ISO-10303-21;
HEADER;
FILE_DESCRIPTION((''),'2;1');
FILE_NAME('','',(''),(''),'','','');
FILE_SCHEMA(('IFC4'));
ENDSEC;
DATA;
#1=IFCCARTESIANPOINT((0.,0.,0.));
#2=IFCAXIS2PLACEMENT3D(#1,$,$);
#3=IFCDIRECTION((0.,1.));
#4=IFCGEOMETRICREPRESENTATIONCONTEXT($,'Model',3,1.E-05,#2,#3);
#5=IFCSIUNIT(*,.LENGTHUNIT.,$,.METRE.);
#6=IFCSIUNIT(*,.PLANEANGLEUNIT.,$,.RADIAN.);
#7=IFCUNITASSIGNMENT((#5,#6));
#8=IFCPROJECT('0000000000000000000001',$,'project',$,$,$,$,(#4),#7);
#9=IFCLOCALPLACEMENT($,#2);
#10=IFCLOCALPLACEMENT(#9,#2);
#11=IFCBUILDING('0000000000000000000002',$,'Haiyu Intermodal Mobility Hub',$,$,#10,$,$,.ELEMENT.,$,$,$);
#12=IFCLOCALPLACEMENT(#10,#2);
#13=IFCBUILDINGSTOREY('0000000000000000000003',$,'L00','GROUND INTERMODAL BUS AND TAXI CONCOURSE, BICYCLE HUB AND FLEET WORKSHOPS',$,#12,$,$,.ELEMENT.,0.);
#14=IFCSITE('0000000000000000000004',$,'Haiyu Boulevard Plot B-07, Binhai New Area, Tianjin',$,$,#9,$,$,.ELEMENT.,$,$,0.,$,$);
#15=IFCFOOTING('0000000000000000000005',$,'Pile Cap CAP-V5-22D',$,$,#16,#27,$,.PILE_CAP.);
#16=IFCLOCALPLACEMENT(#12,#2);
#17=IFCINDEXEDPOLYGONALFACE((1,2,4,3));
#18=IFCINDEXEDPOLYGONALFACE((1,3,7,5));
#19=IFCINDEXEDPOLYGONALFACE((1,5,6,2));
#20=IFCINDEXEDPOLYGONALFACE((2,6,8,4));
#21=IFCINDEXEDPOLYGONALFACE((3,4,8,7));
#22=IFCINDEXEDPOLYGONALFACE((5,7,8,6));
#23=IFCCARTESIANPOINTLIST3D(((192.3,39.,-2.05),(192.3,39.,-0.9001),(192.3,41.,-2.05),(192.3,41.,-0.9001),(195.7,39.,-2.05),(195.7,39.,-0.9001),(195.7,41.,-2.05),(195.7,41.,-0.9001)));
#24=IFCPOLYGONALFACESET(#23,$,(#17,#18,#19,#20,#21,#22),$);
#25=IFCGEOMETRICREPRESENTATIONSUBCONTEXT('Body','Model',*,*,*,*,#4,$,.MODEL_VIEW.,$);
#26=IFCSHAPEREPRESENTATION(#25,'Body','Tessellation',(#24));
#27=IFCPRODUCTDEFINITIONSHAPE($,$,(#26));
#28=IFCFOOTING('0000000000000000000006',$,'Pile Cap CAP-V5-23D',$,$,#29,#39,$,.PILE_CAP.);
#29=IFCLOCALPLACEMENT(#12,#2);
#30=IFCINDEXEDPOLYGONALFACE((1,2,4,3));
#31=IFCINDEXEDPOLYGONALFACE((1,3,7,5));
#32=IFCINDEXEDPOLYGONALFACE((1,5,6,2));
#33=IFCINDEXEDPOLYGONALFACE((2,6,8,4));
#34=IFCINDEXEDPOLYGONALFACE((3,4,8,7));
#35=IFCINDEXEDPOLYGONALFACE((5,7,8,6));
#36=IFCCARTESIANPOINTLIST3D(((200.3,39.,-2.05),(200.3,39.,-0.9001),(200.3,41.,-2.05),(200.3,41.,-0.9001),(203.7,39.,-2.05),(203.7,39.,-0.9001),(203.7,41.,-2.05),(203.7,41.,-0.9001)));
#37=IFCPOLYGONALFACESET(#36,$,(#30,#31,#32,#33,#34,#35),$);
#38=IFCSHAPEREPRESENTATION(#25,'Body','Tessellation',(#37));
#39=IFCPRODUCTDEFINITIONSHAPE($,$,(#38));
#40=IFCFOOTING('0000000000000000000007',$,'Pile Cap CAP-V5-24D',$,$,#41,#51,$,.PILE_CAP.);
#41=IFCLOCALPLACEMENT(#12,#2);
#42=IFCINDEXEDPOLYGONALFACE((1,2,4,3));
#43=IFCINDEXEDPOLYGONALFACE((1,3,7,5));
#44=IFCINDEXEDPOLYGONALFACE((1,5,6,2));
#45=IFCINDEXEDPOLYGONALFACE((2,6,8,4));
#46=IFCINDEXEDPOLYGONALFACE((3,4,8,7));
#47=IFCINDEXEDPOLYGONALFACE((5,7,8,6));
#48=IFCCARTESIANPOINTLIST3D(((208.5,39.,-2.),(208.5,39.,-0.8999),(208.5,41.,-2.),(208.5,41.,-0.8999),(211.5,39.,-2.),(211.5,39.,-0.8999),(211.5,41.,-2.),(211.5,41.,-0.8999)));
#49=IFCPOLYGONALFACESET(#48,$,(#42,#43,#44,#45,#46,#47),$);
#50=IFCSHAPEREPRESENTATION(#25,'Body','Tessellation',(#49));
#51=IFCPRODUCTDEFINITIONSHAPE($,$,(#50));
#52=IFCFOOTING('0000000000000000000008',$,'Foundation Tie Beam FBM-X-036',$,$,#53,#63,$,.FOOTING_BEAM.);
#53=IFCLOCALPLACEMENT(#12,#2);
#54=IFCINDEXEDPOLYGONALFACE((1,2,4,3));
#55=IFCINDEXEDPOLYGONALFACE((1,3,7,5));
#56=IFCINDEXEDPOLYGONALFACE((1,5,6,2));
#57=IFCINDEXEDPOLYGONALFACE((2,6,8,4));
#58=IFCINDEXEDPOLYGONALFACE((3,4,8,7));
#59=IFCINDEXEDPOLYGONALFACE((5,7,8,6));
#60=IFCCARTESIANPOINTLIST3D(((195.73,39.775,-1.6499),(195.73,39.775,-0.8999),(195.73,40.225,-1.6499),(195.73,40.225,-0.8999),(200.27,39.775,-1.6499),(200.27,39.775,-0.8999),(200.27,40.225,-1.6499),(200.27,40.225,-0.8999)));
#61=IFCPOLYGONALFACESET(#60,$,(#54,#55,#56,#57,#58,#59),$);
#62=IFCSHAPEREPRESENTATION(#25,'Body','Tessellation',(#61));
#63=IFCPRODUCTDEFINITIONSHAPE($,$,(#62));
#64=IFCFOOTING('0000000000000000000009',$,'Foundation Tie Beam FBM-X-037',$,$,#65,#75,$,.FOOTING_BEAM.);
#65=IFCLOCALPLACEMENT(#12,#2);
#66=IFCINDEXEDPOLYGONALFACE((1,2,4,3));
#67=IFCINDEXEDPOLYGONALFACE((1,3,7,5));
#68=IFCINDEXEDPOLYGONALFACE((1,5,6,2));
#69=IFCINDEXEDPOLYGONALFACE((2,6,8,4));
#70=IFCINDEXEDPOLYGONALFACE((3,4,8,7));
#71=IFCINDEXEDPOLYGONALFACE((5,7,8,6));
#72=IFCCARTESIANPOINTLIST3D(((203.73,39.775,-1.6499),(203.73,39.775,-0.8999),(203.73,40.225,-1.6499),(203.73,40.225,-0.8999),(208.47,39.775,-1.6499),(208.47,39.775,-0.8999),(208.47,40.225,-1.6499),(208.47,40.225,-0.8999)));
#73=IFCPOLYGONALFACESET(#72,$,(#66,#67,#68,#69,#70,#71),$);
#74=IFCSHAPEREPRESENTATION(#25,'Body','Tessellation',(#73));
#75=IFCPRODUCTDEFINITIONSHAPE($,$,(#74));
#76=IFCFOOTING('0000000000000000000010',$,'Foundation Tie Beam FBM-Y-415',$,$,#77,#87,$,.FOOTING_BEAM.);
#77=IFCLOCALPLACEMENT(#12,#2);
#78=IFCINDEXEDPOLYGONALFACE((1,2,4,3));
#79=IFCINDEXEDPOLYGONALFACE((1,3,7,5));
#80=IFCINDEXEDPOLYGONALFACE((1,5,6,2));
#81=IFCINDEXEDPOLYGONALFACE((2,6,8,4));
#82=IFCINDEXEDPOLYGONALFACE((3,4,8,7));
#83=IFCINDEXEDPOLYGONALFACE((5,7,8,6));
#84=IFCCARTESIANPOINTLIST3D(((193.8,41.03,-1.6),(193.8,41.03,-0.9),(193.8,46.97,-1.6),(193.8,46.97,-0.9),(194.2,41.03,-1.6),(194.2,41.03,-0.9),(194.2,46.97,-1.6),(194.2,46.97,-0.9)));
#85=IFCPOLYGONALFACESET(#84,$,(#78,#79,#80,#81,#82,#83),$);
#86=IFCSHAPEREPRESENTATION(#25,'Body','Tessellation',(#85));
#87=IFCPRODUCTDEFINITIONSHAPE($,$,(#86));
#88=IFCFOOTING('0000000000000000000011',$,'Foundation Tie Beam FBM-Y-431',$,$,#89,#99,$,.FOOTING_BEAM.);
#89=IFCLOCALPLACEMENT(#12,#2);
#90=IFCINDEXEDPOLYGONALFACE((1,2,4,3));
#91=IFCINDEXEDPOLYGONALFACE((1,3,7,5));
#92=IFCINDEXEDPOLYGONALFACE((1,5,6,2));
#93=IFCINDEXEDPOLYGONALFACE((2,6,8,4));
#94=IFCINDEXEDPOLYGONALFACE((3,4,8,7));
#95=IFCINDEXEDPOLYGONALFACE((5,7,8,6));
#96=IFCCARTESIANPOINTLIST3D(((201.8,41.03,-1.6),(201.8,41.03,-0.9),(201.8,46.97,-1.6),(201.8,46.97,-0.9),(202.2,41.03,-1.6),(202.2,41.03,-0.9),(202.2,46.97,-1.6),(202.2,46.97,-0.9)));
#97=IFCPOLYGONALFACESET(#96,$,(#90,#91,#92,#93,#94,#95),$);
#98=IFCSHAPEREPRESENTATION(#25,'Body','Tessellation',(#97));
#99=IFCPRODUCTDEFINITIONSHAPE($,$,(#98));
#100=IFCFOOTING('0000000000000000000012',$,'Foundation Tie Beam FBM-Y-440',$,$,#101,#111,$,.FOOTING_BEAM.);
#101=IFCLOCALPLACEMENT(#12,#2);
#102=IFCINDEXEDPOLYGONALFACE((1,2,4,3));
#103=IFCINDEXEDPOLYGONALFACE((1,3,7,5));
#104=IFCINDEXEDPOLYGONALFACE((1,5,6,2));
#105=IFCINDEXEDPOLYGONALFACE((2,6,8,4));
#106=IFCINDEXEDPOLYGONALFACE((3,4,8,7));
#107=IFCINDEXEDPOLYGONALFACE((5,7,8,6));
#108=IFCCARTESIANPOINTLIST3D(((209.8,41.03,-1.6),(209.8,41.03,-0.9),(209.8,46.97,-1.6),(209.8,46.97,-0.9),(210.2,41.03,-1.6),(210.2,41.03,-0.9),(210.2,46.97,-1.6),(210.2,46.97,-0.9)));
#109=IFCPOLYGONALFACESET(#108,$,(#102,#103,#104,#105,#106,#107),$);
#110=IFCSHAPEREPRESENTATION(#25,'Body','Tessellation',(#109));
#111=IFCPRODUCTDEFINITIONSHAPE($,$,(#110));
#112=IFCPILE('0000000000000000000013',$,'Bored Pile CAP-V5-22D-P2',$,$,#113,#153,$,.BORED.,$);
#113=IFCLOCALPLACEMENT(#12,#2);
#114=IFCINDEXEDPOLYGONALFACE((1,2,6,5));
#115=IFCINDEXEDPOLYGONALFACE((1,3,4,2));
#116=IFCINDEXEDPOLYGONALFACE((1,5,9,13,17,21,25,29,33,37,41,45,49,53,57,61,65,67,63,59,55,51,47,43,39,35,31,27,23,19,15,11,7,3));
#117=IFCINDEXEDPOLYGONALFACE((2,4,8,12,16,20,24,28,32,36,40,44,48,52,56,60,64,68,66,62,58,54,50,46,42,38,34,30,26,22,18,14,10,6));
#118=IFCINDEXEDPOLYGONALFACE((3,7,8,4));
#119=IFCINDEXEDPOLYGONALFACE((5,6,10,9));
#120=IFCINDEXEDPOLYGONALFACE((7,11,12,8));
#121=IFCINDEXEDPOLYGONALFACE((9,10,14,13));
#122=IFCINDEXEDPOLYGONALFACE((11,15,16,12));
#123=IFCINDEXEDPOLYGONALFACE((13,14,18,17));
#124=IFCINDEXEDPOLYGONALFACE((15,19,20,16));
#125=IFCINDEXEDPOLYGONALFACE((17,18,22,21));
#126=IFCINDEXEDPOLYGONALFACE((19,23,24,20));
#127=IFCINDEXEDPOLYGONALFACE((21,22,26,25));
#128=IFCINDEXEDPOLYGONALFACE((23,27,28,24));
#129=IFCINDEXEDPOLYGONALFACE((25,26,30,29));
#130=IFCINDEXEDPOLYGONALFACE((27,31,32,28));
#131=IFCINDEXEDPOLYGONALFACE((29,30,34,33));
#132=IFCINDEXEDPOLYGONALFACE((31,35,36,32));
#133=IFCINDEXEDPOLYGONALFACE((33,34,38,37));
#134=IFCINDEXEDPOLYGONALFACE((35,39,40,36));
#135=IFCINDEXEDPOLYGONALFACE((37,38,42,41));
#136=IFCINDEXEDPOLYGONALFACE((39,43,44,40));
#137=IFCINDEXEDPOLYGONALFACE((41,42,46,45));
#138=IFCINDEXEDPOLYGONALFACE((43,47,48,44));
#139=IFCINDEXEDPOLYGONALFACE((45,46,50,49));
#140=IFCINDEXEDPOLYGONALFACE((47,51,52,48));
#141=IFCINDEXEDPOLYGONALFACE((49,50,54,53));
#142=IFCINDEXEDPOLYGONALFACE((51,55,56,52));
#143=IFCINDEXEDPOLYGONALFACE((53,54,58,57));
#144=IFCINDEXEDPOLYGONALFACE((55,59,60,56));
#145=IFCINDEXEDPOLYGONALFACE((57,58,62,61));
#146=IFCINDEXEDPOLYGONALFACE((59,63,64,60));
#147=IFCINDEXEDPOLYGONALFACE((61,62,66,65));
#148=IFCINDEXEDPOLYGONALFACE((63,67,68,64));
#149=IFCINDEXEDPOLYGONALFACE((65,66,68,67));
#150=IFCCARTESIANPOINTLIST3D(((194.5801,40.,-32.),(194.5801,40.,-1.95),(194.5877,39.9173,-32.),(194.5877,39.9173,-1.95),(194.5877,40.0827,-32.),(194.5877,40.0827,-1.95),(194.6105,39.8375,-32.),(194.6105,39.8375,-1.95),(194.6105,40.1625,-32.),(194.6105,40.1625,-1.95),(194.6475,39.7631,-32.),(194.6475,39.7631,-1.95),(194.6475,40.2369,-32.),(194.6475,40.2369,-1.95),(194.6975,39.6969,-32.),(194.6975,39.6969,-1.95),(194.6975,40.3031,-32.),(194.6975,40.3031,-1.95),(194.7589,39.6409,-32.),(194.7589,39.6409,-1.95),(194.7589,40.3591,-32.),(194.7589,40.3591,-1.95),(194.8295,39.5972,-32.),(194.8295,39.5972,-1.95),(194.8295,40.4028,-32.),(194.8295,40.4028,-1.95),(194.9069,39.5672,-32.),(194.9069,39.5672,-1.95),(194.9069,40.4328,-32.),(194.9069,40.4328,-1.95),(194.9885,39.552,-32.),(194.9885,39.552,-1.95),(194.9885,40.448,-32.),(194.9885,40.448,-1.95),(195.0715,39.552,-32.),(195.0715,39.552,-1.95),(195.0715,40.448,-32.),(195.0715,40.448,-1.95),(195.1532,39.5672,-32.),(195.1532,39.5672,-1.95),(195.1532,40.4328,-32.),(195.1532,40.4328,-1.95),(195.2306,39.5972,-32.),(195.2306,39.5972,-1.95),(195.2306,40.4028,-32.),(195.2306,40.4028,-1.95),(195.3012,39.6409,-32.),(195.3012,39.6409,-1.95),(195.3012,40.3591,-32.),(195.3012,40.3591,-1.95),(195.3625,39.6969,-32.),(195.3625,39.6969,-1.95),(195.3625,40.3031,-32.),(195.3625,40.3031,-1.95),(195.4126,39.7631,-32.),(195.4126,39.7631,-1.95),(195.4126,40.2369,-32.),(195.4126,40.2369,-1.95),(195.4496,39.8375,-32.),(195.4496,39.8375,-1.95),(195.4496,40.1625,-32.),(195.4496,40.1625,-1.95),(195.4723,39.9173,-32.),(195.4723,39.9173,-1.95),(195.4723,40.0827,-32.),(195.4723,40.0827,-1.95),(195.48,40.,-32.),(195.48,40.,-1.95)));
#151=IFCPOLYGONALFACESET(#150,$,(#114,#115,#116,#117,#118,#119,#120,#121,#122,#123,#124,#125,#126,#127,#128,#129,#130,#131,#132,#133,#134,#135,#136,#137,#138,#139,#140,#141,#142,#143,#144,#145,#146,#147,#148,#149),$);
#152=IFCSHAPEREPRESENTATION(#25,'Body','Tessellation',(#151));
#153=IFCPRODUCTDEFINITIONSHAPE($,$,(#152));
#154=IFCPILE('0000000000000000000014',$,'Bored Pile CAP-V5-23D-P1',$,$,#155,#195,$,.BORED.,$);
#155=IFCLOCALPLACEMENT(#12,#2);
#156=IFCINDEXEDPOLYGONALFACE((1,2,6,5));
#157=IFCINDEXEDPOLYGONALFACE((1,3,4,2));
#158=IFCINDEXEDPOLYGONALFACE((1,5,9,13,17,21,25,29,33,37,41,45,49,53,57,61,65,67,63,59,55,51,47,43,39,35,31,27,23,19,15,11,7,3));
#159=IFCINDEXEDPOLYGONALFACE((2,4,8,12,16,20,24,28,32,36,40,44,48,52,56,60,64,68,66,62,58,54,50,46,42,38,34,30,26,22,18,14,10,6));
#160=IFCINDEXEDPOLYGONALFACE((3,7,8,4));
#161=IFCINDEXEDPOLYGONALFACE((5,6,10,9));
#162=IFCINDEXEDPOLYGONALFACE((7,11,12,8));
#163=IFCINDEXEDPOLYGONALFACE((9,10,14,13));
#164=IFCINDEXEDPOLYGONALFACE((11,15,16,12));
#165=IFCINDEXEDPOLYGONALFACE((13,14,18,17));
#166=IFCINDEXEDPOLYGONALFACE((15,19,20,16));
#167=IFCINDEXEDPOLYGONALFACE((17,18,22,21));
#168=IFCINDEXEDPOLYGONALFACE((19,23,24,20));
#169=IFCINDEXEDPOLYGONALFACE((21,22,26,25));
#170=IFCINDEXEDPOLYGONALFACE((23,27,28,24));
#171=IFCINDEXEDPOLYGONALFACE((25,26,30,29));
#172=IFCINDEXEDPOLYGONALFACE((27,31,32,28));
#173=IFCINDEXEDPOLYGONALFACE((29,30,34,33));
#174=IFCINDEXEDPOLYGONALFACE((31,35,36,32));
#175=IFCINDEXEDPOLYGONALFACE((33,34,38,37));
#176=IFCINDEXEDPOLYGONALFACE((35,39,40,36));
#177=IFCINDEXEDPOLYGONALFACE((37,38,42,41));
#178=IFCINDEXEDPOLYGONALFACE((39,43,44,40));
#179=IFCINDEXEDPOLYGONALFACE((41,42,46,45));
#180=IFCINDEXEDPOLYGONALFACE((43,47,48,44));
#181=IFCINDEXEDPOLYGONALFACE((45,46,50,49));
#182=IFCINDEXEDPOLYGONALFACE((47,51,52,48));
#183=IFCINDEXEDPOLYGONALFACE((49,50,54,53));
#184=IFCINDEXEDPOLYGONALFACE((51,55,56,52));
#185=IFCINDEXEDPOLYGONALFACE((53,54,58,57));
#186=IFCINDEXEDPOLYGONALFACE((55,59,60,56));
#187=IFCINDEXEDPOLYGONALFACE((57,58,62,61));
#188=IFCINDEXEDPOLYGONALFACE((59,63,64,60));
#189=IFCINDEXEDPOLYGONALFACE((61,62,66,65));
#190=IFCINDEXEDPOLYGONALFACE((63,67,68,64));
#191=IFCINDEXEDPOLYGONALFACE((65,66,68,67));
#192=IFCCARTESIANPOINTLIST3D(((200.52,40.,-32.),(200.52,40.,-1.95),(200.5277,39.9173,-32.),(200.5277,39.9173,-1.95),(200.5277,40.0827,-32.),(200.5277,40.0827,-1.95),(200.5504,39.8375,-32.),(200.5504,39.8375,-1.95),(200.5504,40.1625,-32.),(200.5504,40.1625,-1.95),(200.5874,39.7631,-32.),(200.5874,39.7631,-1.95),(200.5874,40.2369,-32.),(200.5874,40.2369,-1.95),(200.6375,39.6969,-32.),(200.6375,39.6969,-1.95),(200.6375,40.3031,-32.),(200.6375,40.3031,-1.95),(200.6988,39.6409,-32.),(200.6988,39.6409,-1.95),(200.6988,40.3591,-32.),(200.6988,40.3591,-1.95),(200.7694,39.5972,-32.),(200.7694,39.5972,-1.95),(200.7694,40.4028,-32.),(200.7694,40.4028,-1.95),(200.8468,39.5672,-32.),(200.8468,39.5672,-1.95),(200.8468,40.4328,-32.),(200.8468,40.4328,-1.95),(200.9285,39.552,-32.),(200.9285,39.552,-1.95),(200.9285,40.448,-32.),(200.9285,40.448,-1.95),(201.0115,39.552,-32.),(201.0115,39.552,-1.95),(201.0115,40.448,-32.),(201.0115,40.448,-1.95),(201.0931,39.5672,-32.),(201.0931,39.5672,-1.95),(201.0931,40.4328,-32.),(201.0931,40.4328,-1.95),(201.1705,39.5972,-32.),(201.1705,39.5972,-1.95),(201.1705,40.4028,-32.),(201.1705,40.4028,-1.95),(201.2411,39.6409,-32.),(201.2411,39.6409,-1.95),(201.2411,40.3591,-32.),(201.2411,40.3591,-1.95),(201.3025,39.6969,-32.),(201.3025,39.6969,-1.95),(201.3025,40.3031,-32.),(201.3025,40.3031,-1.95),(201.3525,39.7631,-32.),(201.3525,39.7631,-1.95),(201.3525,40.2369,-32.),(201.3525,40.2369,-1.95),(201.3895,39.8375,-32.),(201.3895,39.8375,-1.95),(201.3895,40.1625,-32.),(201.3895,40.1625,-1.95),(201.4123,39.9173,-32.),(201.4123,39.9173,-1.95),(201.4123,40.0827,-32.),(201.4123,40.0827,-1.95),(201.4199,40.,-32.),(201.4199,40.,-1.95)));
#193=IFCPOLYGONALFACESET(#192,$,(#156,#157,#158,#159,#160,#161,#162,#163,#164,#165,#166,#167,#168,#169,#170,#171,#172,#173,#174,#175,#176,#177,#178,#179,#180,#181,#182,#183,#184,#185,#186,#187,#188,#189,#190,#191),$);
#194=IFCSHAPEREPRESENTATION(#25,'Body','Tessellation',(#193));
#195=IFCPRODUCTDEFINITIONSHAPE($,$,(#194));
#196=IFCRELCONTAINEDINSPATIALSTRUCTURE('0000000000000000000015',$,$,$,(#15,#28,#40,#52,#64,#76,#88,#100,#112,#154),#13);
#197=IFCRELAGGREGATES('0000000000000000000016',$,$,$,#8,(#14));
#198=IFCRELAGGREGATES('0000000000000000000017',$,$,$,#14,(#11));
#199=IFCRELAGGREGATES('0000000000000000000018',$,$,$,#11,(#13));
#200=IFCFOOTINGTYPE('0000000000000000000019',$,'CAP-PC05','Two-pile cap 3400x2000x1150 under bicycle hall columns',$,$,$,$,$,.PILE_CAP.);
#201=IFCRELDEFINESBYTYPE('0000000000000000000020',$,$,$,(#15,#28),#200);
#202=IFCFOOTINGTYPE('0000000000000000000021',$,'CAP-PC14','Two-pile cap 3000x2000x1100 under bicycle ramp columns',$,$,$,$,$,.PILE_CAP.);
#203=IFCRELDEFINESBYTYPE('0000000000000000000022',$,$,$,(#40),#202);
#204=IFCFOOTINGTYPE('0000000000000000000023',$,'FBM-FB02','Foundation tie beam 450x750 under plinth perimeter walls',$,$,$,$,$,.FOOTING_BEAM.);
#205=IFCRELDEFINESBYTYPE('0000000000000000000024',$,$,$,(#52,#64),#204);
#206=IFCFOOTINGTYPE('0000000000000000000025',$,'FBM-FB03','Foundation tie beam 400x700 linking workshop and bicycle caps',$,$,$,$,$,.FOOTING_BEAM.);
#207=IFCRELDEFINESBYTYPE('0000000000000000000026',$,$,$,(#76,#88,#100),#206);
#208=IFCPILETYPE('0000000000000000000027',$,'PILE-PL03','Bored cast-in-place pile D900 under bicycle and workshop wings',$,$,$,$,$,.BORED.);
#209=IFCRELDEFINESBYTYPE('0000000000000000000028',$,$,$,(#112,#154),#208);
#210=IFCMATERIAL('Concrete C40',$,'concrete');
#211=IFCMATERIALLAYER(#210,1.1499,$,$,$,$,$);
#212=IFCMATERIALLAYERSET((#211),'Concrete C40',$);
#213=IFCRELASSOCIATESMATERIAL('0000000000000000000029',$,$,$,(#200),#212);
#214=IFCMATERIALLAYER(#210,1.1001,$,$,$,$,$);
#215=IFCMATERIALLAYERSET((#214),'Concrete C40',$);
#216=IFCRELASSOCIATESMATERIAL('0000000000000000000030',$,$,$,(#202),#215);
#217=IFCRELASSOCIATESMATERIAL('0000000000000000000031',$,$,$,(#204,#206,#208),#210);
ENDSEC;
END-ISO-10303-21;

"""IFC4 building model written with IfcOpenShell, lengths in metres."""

from ifc_helpers import new_model, si_unit, direction, frame, origin, origin_2d, place, context, subcontext, project, spatial, rectangle, circle, extrude, material, layer, layer_set, material_profile, profile_set, type_object, element, save


model = new_model("IFC4")

# Units and contexts
model_context = context("Model", 3, precision=1e-05, world=origin(), true_north=direction((0.0, 1.0)))
body_context = subcontext(model_context, "Body", "Model", "MODEL_VIEW")
ifc_project = project(units=[si_unit("LENGTHUNIT", "METRE"), si_unit("PLANEANGLEUNIT", "RADIAN")], contexts=[model_context])

# Site, building, storey
site_placement = place(None, origin())
site = spatial("IfcSite", under=ifc_project, at=site_placement, Name="Haiyu Boulevard Plot B-07, Binhai New Area, Tianjin", CompositionType="ELEMENT", RefElevation=0.0)
building_placement = place(site_placement, origin())
building = spatial("IfcBuilding", under=site, at=building_placement, Name="Haiyu Intermodal Mobility Hub", CompositionType="ELEMENT")
storey_placement = place(building_placement, origin())
storey = spatial("IfcBuildingStorey", under=building, at=storey_placement, Name="L00", Description="GROUND INTERMODAL BUS AND TAXI CONCOURSE, BICYCLE HUB AND FLEET WORKSHOPS", CompositionType="ELEMENT", Elevation=0.0)

# Footings
ifc_material_1 = material(Name="Concrete C40", Category="concrete")
ifc_layer_1 = layer(ifc_material_1, 1.1499)
ifc_layer_set_1 = layer_set([ifc_layer_1], Name="Concrete C40")
footing_type_1 = type_object("IfcFootingType", Name="CAP-PC05", Description="Two-pile cap 3400x2000x1150 under bicycle hall columns", PredefinedType="PILE_CAP", material=ifc_layer_set_1)
for number, where, z_axis, x_axis, name in (
    (1, (194.0, 40.0, -2.05), (0.0, 0.0, 1.0), (1.0, 0.0, 0.0), "Pile Cap CAP-V5-22D"),
    (2, (202.0, 40.0, -2.05), (0.0, 0.0, 1.0), (1.0, 0.0, 0.0), "Pile Cap CAP-V5-23D"),
):
    element("IfcFooting", number, at=place(storey_placement, frame(where, z_axis=z_axis, x_axis=x_axis)), inside=storey, type_object=footing_type_1, Name=name, PredefinedType="PILE_CAP", context=body_context, shape_type="SweptSolid", body=[
        extrude(rectangle(XDim=3.3999, YDim=2.0, at=origin_2d()), origin(), (0.0, 0.0, 1.0), 1.1499),
    ])
ifc_layer_2 = layer(ifc_material_1, 1.1001)
ifc_layer_set_2 = layer_set([ifc_layer_2], Name="Concrete C40")
footing_type_2 = type_object("IfcFootingType", Name="CAP-PC14", Description="Two-pile cap 3000x2000x1100 under bicycle ramp columns", PredefinedType="PILE_CAP", material=ifc_layer_set_2)
footing_1_placement = place(storey_placement, frame((210.0, 40.0, -2.0), z_axis=(0.0, 0.0, 1.0), x_axis=(1.0, 0.0, 0.0)))
element("IfcFooting", 3, at=footing_1_placement, inside=storey, type_object=footing_type_2, Name="Pile Cap CAP-V5-24D", PredefinedType="PILE_CAP", context=body_context, shape_type="SweptSolid", body=[
    extrude(rectangle(XDim=3.0, YDim=2.0, at=origin_2d()), origin(), (0.0, 0.0, 1.0), 1.1001),
])
ifc_material_profile_1 = material_profile(ifc_material_1, rectangle(XDim=0.45, YDim=0.75, at=origin_2d()), Name="FB450x750")
ifc_profile_set_1 = profile_set([ifc_material_profile_1], Name="Concrete C40")
footing_type_3 = type_object("IfcFootingType", Name="FBM-FB02", Description="Foundation tie beam 450x750 under plinth perimeter walls", PredefinedType="FOOTING_BEAM", material=ifc_profile_set_1)
footing_2_placement = place(storey_placement, frame((195.73, 40.0, -1.2749), z_axis=(1.0, 0.0, 0.0), x_axis=(0.0, 1.0, 0.0)))
element("IfcFooting", 4, at=footing_2_placement, inside=storey, type_object=footing_type_3, Name="Foundation Tie Beam FBM-X-036", PredefinedType="FOOTING_BEAM", context=body_context, shape_type="SweptSolid", body=[
    extrude(rectangle(XDim=0.45, YDim=0.75, at=origin_2d()), origin(), (0.0, 0.0, 1.0), 4.54),
])
footing_3_placement = place(storey_placement, frame((203.73, 40.0, -1.2749), z_axis=(1.0, 0.0, 0.0), x_axis=(0.0, 1.0, 0.0)))
element("IfcFooting", 5, at=footing_3_placement, inside=storey, type_object=footing_type_3, Name="Foundation Tie Beam FBM-X-037", PredefinedType="FOOTING_BEAM", context=body_context, shape_type="SweptSolid", body=[
    extrude(rectangle(XDim=0.45, YDim=0.75, at=origin_2d()), origin(), (0.0, 0.0, 1.0), 4.74),
])
ifc_material_profile_2 = material_profile(ifc_material_1, rectangle(XDim=0.3999, YDim=0.7, at=origin_2d()), Name="FB400x700")
ifc_profile_set_2 = profile_set([ifc_material_profile_2], Name="Concrete C40")
footing_type_4 = type_object("IfcFootingType", Name="FBM-FB03", Description="Foundation tie beam 400x700 linking workshop and bicycle caps", PredefinedType="FOOTING_BEAM", material=ifc_profile_set_2)
for number, where, z_axis, x_axis, name in (
    (6, (194.0, 41.03, -1.25), (0.0, 1.0, 0.0), (-1.0, 0.0, 0.0), "Foundation Tie Beam FBM-Y-415"),
    (7, (202.0, 41.03, -1.25), (0.0, 1.0, 0.0), (-1.0, 0.0, 0.0), "Foundation Tie Beam FBM-Y-431"),
    (8, (210.0, 41.03, -1.25), (0.0, 1.0, 0.0), (-1.0, 0.0, 0.0), "Foundation Tie Beam FBM-Y-440"),
):
    element("IfcFooting", number, at=place(storey_placement, frame(where, z_axis=z_axis, x_axis=x_axis)), inside=storey, type_object=footing_type_4, Name=name, PredefinedType="FOOTING_BEAM", context=body_context, shape_type="SweptSolid", body=[
        extrude(rectangle(XDim=0.3999, YDim=0.7, at=origin_2d()), origin(), (0.0, 0.0, 1.0), 5.9399),
    ])

# Piles
ifc_material_profile_3 = material_profile(ifc_material_1, circle(Radius=0.45, at=origin_2d()), Name="PILE-D900")
ifc_profile_set_3 = profile_set([ifc_material_profile_3], Name="Concrete C40")
pile_type = type_object("IfcPileType", Name="PILE-PL03", Description="Bored cast-in-place pile D900 under bicycle and workshop wings", PredefinedType="BORED", material=ifc_profile_set_3)
for number, where, z_axis, x_axis, name in (
    (9, (195.03, 40.0, -1.95), (0.0, 0.0, -1.0), (1.0, 0.0, 0.0), "Bored Pile CAP-V5-22D-P2"),
    (10, (200.97, 40.0, -1.95), (0.0, 0.0, -1.0), (1.0, 0.0, 0.0), "Bored Pile CAP-V5-23D-P1"),
):
    element("IfcPile", number, at=place(storey_placement, frame(where, z_axis=z_axis, x_axis=x_axis)), inside=storey, type_object=pile_type, Name=name, PredefinedType="BORED", context=body_context, shape_type="SweptSolid", body=[
        extrude(circle(Radius=0.45, at=origin_2d()), origin(), (0.0, 0.0, 1.0), 30.05),
    ])

save(model, "model.ifc")
